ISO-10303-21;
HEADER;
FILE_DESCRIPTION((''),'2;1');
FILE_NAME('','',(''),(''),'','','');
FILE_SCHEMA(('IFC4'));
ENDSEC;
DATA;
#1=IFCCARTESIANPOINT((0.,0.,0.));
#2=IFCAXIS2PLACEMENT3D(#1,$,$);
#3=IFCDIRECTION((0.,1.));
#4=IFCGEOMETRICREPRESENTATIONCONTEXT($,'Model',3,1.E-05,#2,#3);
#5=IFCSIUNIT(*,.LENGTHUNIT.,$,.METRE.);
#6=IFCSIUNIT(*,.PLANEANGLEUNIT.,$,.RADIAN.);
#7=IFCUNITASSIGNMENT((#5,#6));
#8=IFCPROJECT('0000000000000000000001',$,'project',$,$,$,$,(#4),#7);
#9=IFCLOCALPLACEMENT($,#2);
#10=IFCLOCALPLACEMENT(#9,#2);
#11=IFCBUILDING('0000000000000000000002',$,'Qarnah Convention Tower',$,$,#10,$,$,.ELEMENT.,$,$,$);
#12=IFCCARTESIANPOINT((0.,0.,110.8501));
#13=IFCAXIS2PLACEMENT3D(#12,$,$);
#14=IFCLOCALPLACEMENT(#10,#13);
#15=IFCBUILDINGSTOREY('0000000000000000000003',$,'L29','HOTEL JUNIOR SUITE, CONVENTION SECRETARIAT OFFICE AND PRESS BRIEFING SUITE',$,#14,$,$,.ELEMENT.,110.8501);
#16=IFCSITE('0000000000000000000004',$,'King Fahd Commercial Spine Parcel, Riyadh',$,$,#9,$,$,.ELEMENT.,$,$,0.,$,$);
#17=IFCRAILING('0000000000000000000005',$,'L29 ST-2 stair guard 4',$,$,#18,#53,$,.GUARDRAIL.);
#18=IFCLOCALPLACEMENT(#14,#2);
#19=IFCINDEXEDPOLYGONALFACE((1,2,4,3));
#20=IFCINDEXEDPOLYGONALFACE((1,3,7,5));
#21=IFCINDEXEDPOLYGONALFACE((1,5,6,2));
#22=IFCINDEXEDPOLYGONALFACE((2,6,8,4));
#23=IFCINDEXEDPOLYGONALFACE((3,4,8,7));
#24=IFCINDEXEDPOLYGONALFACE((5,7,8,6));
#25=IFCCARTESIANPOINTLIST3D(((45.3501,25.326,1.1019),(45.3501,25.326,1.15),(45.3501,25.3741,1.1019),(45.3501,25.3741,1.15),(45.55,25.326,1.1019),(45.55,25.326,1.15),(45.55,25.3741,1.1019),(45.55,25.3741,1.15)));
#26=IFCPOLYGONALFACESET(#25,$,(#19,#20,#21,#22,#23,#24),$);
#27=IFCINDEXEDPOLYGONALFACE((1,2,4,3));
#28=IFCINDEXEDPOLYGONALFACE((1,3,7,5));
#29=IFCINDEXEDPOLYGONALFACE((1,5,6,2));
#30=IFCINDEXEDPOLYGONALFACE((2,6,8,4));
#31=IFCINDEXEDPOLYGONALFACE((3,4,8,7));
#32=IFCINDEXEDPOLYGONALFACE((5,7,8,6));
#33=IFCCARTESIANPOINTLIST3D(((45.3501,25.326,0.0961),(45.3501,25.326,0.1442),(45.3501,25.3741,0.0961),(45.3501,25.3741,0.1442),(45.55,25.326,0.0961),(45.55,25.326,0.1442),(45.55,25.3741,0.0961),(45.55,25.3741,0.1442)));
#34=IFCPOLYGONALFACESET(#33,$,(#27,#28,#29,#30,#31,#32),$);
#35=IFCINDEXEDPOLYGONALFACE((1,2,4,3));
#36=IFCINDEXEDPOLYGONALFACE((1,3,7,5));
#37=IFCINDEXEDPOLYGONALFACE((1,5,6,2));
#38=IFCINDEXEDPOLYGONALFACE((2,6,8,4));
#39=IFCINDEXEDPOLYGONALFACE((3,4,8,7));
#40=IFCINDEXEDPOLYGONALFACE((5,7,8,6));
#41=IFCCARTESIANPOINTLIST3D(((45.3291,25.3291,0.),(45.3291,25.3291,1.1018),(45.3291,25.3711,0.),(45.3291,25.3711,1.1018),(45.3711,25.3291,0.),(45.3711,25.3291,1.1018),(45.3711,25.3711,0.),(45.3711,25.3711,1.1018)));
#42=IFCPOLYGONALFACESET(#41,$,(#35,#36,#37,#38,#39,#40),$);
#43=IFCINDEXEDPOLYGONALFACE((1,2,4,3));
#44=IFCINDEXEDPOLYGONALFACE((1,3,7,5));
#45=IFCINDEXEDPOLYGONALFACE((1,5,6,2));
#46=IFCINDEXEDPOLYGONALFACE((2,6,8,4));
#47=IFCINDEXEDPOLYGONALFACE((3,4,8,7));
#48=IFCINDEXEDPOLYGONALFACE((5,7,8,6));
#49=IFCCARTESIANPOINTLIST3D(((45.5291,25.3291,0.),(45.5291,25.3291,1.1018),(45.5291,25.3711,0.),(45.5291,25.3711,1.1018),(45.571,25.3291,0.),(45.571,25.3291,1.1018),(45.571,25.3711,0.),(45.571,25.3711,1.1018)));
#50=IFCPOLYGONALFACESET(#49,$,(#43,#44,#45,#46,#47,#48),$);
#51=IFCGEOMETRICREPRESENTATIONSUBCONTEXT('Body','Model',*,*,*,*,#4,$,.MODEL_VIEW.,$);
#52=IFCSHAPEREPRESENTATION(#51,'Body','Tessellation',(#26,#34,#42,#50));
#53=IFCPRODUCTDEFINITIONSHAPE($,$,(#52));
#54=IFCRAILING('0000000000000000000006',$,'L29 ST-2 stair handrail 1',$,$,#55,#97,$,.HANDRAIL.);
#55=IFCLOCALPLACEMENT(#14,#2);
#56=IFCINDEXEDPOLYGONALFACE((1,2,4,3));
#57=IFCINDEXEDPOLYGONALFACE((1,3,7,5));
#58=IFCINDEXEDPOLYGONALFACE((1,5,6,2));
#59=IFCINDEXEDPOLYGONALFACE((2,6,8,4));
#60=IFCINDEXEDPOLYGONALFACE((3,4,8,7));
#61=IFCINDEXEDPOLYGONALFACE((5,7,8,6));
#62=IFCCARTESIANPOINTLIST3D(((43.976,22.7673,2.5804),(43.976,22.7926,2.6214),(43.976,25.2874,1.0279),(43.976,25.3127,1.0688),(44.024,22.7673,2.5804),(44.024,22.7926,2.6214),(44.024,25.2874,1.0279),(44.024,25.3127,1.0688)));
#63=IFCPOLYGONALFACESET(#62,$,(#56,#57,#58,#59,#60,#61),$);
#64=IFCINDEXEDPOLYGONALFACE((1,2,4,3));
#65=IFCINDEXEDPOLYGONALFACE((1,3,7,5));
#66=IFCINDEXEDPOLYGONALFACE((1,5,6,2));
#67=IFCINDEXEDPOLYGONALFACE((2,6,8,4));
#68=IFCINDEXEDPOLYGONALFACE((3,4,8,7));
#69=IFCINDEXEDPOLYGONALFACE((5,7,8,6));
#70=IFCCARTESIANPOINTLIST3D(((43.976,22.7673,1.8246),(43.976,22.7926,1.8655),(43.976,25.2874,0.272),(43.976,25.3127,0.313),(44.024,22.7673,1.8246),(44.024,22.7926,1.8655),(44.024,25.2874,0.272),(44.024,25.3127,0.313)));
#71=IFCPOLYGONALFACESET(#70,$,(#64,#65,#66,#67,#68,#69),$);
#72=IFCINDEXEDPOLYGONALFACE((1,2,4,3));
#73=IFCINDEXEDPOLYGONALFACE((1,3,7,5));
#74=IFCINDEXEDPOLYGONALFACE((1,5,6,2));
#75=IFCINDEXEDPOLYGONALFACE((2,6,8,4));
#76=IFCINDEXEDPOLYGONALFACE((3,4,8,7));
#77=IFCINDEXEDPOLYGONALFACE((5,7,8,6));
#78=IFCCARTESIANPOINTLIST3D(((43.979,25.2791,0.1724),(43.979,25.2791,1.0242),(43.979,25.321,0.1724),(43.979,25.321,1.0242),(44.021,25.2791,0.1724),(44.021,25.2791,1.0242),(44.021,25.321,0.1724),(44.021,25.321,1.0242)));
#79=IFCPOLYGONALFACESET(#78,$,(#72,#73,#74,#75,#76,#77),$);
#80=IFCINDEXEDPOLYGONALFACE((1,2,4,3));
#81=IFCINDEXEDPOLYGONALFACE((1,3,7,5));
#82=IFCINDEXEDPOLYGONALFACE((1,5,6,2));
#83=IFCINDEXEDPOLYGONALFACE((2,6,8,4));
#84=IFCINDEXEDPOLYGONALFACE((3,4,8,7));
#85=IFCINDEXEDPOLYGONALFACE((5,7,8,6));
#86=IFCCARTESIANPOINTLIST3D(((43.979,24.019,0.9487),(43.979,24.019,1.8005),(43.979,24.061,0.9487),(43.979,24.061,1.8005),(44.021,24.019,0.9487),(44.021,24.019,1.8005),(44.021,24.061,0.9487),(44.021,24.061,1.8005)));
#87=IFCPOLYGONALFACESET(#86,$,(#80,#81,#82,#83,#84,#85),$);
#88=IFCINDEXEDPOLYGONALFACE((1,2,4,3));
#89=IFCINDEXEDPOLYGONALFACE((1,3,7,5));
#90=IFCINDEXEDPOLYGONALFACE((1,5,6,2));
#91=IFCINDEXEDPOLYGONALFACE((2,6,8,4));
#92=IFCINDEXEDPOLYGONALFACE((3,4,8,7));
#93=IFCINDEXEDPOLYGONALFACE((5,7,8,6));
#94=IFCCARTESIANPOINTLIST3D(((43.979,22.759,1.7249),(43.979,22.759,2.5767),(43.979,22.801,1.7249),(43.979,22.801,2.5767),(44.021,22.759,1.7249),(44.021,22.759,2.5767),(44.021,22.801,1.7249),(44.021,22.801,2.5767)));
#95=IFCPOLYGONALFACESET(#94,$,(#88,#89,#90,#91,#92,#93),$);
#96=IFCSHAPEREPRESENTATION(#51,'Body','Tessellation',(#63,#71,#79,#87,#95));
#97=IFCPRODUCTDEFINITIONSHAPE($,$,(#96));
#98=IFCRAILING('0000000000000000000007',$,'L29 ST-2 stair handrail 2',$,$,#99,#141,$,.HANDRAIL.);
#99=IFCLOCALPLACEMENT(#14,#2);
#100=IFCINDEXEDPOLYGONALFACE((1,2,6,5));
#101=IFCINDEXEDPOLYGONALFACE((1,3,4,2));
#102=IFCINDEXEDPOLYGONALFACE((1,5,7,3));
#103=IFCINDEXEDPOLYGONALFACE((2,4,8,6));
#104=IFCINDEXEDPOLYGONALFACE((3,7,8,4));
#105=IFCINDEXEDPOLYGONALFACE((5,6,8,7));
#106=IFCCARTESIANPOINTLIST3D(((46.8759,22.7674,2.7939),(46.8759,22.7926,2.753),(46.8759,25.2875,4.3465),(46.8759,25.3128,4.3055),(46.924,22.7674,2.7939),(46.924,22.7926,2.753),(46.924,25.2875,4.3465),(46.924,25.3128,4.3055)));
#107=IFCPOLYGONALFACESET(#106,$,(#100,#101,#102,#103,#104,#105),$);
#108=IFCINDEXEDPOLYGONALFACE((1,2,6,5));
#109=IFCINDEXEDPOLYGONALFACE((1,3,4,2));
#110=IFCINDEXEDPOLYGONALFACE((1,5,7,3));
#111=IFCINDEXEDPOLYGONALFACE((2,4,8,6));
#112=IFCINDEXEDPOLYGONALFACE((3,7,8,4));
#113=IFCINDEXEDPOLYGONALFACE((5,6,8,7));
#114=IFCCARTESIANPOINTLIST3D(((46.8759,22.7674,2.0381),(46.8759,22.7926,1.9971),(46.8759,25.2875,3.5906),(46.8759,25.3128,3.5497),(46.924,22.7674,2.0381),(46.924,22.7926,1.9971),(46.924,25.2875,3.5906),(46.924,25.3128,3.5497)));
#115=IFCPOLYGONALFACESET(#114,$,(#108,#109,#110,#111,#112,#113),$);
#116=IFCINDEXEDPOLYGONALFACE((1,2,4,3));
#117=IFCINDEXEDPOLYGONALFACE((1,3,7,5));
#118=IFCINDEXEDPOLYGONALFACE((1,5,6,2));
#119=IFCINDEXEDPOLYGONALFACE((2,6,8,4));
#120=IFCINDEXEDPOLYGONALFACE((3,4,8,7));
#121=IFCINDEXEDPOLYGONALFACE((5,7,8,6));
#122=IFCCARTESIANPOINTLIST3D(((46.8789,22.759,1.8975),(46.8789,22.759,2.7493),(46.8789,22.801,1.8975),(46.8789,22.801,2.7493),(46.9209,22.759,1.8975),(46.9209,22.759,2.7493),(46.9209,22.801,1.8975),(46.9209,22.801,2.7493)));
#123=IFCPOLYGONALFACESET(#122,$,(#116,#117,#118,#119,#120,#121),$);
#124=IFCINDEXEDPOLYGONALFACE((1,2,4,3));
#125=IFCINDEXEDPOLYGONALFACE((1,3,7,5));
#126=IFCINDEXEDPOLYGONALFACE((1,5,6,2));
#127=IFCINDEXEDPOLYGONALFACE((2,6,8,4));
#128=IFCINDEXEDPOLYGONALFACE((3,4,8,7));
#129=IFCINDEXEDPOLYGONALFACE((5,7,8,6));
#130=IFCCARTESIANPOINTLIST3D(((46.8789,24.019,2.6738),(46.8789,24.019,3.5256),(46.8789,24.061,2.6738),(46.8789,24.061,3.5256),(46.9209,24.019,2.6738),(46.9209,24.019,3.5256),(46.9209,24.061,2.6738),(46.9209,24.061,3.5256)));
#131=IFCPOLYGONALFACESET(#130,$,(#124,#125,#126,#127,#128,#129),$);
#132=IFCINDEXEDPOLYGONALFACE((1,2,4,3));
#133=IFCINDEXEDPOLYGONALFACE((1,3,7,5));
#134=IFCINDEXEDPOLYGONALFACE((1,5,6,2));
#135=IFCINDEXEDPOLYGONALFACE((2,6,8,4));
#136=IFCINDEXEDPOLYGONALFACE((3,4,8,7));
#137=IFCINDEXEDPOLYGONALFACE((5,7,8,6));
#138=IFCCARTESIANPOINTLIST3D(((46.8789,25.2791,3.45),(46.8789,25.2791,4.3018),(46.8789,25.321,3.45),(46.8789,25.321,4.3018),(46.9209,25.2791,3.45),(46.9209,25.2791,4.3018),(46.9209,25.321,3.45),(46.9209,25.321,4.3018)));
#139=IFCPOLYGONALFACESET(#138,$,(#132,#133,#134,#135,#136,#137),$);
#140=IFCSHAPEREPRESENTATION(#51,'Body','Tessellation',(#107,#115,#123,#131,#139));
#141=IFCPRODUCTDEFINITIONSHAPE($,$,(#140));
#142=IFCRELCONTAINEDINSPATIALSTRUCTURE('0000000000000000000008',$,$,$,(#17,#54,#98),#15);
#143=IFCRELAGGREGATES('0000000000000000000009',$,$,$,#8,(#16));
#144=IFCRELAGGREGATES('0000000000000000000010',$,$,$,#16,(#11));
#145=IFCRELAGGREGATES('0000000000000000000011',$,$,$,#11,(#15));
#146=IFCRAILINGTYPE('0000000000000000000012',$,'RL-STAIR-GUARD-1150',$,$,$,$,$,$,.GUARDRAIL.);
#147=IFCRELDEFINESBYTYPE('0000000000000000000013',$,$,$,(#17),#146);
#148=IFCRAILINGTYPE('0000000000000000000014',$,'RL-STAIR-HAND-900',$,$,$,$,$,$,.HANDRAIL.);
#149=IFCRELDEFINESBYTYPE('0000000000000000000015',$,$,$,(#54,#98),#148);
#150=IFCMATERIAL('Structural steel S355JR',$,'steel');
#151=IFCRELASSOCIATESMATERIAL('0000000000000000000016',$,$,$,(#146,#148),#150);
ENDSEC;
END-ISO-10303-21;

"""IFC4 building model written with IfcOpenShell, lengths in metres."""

from ifc_helpers import new_model, si_unit, direction, frame, origin, origin_2d, place, context, subcontext, project, spatial, rectangle, extrude, material, type_object, element, save


model = new_model("IFC4")

# Units and contexts
model_context = context("Model", 3, precision=1e-05, world=origin(), true_north=direction((0.0, 1.0)))
body_context = subcontext(model_context, "Body", "Model", "MODEL_VIEW")
ifc_project = project(units=[si_unit("LENGTHUNIT", "METRE"), si_unit("PLANEANGLEUNIT", "RADIAN")], contexts=[model_context])

# Site, building, storey
site_placement = place(None, origin())
site = spatial("IfcSite", under=ifc_project, at=site_placement, Name="King Fahd Commercial Spine Parcel, Riyadh", CompositionType="ELEMENT", RefElevation=0.0)
building_placement = place(site_placement, origin())
building = spatial("IfcBuilding", under=site, at=building_placement, Name="Qarnah Convention Tower", CompositionType="ELEMENT")
storey_placement = place(building_placement, frame((0.0, 0.0, 110.8501)))
storey = spatial("IfcBuildingStorey", under=building, at=storey_placement, Name="L29", Description="HOTEL JUNIOR SUITE, CONVENTION SECRETARIAT OFFICE AND PRESS BRIEFING SUITE", CompositionType="ELEMENT", Elevation=110.8501)

# Shared definitions
ifc_material_1 = material(Name="Structural steel S355JR", Category="steel")

# Railings
railing_type_1 = type_object("IfcRailingType", Name="RL-STAIR-GUARD-1150", PredefinedType="GUARDRAIL", material=ifc_material_1)
railing_1_placement = place(storey_placement, frame((45.3501, 25.3501, 0.0)))
element("IfcRailing", 1, at=railing_1_placement, inside=storey, type_object=railing_type_1, Name="L29 ST-2 stair guard 4", PredefinedType="GUARDRAIL", context=body_context, shape_type="SweptSolid", body=[
    extrude(rectangle(XDim=0.0481, YDim=0.0481, at=origin_2d()), frame((0.0, 0.0, 1.126), z_axis=(1.0, 0.0, 0.0), x_axis=(0.0, 1.0, 0.0)), (0.0, 0.0, 1.0), 0.2),
    extrude(rectangle(XDim=0.0481, YDim=0.0481, at=origin_2d()), frame((0.0, 0.0, 0.1201), z_axis=(1.0, 0.0, 0.0), x_axis=(0.0, 1.0, 0.0)), (0.0, 0.0, 1.0), 0.2),
    extrude(rectangle(XDim=0.042, YDim=0.042, at=origin_2d()), origin(), (0.0, 0.0, 1.0), 1.1018),
    extrude(rectangle(XDim=0.042, YDim=0.042, at=origin_2d()), frame((0.2, 0.0, 0.0)), (0.0, 0.0, 1.0), 1.1018),
])
railing_type_2 = type_object("IfcRailingType", Name="RL-STAIR-HAND-900", PredefinedType="HANDRAIL", material=ifc_material_1)
railing_2_placement = place(storey_placement, frame((44.0, 25.3, 0.1724)))
element("IfcRailing", 2, at=railing_2_placement, inside=storey, type_object=railing_type_2, Name="L29 ST-2 stair handrail 1", PredefinedType="HANDRAIL", context=body_context, shape_type="SweptSolid", body=[
    extrude(rectangle(XDim=0.0481, YDim=0.0481, at=origin_2d()), frame((0.0, 0.0, 0.876), z_axis=(0.0, -0.8514, 0.524516), x_axis=(1.0, 0.0, 0.0)), (0.0, 0.0, 1.0), 2.96),
    extrude(rectangle(XDim=0.0481, YDim=0.0481, at=origin_2d()), frame((0.0, 0.0, 0.1201), z_axis=(0.0, -0.8514, 0.524516), x_axis=(1.0, 0.0, 0.0)), (0.0, 0.0, 1.0), 2.96),
    extrude(rectangle(XDim=0.042, YDim=0.042, at=origin_2d()), origin(), (0.0, 0.0, 1.0), 0.8518),
    extrude(rectangle(XDim=0.042, YDim=0.042, at=origin_2d()), frame((0.0, -1.26, 0.7764)), (0.0, 0.0, 1.0), 0.8518),
    extrude(rectangle(XDim=0.042, YDim=0.042, at=origin_2d()), frame((0.0, -2.52, 1.5525)), (0.0, 0.0, 1.0), 0.8518),
])
railing_3_placement = place(storey_placement, frame((46.8999, 22.78, 1.8975)))
element("IfcRailing", 3, at=railing_3_placement, inside=storey, type_object=railing_type_2, Name="L29 ST-2 stair handrail 2", PredefinedType="HANDRAIL", context=body_context, shape_type="SweptSolid", body=[
    extrude(rectangle(XDim=0.0481, YDim=0.0481, at=origin_2d()), frame((0.0, 0.0, 0.876), z_axis=(0.0, 0.8514, 0.524516), x_axis=(-1.0, 0.0, 0.0)), (0.0, 0.0, 1.0), 2.96),
    extrude(rectangle(XDim=0.0481, YDim=0.0481, at=origin_2d()), frame((0.0, 0.0, 0.1201), z_axis=(0.0, 0.8514, 0.524516), x_axis=(-1.0, 0.0, 0.0)), (0.0, 0.0, 1.0), 2.96),
    extrude(rectangle(XDim=0.042, YDim=0.042, at=origin_2d()), origin(), (0.0, 0.0, 1.0), 0.8518),
    extrude(rectangle(XDim=0.042, YDim=0.042, at=origin_2d()), frame((0.0, 1.26, 0.7764)), (0.0, 0.0, 1.0), 0.8518),
    extrude(rectangle(XDim=0.042, YDim=0.042, at=origin_2d()), frame((0.0, 2.52, 1.5525)), (0.0, 0.0, 1.0), 0.8518),
])

save(model, "model.ifc")
